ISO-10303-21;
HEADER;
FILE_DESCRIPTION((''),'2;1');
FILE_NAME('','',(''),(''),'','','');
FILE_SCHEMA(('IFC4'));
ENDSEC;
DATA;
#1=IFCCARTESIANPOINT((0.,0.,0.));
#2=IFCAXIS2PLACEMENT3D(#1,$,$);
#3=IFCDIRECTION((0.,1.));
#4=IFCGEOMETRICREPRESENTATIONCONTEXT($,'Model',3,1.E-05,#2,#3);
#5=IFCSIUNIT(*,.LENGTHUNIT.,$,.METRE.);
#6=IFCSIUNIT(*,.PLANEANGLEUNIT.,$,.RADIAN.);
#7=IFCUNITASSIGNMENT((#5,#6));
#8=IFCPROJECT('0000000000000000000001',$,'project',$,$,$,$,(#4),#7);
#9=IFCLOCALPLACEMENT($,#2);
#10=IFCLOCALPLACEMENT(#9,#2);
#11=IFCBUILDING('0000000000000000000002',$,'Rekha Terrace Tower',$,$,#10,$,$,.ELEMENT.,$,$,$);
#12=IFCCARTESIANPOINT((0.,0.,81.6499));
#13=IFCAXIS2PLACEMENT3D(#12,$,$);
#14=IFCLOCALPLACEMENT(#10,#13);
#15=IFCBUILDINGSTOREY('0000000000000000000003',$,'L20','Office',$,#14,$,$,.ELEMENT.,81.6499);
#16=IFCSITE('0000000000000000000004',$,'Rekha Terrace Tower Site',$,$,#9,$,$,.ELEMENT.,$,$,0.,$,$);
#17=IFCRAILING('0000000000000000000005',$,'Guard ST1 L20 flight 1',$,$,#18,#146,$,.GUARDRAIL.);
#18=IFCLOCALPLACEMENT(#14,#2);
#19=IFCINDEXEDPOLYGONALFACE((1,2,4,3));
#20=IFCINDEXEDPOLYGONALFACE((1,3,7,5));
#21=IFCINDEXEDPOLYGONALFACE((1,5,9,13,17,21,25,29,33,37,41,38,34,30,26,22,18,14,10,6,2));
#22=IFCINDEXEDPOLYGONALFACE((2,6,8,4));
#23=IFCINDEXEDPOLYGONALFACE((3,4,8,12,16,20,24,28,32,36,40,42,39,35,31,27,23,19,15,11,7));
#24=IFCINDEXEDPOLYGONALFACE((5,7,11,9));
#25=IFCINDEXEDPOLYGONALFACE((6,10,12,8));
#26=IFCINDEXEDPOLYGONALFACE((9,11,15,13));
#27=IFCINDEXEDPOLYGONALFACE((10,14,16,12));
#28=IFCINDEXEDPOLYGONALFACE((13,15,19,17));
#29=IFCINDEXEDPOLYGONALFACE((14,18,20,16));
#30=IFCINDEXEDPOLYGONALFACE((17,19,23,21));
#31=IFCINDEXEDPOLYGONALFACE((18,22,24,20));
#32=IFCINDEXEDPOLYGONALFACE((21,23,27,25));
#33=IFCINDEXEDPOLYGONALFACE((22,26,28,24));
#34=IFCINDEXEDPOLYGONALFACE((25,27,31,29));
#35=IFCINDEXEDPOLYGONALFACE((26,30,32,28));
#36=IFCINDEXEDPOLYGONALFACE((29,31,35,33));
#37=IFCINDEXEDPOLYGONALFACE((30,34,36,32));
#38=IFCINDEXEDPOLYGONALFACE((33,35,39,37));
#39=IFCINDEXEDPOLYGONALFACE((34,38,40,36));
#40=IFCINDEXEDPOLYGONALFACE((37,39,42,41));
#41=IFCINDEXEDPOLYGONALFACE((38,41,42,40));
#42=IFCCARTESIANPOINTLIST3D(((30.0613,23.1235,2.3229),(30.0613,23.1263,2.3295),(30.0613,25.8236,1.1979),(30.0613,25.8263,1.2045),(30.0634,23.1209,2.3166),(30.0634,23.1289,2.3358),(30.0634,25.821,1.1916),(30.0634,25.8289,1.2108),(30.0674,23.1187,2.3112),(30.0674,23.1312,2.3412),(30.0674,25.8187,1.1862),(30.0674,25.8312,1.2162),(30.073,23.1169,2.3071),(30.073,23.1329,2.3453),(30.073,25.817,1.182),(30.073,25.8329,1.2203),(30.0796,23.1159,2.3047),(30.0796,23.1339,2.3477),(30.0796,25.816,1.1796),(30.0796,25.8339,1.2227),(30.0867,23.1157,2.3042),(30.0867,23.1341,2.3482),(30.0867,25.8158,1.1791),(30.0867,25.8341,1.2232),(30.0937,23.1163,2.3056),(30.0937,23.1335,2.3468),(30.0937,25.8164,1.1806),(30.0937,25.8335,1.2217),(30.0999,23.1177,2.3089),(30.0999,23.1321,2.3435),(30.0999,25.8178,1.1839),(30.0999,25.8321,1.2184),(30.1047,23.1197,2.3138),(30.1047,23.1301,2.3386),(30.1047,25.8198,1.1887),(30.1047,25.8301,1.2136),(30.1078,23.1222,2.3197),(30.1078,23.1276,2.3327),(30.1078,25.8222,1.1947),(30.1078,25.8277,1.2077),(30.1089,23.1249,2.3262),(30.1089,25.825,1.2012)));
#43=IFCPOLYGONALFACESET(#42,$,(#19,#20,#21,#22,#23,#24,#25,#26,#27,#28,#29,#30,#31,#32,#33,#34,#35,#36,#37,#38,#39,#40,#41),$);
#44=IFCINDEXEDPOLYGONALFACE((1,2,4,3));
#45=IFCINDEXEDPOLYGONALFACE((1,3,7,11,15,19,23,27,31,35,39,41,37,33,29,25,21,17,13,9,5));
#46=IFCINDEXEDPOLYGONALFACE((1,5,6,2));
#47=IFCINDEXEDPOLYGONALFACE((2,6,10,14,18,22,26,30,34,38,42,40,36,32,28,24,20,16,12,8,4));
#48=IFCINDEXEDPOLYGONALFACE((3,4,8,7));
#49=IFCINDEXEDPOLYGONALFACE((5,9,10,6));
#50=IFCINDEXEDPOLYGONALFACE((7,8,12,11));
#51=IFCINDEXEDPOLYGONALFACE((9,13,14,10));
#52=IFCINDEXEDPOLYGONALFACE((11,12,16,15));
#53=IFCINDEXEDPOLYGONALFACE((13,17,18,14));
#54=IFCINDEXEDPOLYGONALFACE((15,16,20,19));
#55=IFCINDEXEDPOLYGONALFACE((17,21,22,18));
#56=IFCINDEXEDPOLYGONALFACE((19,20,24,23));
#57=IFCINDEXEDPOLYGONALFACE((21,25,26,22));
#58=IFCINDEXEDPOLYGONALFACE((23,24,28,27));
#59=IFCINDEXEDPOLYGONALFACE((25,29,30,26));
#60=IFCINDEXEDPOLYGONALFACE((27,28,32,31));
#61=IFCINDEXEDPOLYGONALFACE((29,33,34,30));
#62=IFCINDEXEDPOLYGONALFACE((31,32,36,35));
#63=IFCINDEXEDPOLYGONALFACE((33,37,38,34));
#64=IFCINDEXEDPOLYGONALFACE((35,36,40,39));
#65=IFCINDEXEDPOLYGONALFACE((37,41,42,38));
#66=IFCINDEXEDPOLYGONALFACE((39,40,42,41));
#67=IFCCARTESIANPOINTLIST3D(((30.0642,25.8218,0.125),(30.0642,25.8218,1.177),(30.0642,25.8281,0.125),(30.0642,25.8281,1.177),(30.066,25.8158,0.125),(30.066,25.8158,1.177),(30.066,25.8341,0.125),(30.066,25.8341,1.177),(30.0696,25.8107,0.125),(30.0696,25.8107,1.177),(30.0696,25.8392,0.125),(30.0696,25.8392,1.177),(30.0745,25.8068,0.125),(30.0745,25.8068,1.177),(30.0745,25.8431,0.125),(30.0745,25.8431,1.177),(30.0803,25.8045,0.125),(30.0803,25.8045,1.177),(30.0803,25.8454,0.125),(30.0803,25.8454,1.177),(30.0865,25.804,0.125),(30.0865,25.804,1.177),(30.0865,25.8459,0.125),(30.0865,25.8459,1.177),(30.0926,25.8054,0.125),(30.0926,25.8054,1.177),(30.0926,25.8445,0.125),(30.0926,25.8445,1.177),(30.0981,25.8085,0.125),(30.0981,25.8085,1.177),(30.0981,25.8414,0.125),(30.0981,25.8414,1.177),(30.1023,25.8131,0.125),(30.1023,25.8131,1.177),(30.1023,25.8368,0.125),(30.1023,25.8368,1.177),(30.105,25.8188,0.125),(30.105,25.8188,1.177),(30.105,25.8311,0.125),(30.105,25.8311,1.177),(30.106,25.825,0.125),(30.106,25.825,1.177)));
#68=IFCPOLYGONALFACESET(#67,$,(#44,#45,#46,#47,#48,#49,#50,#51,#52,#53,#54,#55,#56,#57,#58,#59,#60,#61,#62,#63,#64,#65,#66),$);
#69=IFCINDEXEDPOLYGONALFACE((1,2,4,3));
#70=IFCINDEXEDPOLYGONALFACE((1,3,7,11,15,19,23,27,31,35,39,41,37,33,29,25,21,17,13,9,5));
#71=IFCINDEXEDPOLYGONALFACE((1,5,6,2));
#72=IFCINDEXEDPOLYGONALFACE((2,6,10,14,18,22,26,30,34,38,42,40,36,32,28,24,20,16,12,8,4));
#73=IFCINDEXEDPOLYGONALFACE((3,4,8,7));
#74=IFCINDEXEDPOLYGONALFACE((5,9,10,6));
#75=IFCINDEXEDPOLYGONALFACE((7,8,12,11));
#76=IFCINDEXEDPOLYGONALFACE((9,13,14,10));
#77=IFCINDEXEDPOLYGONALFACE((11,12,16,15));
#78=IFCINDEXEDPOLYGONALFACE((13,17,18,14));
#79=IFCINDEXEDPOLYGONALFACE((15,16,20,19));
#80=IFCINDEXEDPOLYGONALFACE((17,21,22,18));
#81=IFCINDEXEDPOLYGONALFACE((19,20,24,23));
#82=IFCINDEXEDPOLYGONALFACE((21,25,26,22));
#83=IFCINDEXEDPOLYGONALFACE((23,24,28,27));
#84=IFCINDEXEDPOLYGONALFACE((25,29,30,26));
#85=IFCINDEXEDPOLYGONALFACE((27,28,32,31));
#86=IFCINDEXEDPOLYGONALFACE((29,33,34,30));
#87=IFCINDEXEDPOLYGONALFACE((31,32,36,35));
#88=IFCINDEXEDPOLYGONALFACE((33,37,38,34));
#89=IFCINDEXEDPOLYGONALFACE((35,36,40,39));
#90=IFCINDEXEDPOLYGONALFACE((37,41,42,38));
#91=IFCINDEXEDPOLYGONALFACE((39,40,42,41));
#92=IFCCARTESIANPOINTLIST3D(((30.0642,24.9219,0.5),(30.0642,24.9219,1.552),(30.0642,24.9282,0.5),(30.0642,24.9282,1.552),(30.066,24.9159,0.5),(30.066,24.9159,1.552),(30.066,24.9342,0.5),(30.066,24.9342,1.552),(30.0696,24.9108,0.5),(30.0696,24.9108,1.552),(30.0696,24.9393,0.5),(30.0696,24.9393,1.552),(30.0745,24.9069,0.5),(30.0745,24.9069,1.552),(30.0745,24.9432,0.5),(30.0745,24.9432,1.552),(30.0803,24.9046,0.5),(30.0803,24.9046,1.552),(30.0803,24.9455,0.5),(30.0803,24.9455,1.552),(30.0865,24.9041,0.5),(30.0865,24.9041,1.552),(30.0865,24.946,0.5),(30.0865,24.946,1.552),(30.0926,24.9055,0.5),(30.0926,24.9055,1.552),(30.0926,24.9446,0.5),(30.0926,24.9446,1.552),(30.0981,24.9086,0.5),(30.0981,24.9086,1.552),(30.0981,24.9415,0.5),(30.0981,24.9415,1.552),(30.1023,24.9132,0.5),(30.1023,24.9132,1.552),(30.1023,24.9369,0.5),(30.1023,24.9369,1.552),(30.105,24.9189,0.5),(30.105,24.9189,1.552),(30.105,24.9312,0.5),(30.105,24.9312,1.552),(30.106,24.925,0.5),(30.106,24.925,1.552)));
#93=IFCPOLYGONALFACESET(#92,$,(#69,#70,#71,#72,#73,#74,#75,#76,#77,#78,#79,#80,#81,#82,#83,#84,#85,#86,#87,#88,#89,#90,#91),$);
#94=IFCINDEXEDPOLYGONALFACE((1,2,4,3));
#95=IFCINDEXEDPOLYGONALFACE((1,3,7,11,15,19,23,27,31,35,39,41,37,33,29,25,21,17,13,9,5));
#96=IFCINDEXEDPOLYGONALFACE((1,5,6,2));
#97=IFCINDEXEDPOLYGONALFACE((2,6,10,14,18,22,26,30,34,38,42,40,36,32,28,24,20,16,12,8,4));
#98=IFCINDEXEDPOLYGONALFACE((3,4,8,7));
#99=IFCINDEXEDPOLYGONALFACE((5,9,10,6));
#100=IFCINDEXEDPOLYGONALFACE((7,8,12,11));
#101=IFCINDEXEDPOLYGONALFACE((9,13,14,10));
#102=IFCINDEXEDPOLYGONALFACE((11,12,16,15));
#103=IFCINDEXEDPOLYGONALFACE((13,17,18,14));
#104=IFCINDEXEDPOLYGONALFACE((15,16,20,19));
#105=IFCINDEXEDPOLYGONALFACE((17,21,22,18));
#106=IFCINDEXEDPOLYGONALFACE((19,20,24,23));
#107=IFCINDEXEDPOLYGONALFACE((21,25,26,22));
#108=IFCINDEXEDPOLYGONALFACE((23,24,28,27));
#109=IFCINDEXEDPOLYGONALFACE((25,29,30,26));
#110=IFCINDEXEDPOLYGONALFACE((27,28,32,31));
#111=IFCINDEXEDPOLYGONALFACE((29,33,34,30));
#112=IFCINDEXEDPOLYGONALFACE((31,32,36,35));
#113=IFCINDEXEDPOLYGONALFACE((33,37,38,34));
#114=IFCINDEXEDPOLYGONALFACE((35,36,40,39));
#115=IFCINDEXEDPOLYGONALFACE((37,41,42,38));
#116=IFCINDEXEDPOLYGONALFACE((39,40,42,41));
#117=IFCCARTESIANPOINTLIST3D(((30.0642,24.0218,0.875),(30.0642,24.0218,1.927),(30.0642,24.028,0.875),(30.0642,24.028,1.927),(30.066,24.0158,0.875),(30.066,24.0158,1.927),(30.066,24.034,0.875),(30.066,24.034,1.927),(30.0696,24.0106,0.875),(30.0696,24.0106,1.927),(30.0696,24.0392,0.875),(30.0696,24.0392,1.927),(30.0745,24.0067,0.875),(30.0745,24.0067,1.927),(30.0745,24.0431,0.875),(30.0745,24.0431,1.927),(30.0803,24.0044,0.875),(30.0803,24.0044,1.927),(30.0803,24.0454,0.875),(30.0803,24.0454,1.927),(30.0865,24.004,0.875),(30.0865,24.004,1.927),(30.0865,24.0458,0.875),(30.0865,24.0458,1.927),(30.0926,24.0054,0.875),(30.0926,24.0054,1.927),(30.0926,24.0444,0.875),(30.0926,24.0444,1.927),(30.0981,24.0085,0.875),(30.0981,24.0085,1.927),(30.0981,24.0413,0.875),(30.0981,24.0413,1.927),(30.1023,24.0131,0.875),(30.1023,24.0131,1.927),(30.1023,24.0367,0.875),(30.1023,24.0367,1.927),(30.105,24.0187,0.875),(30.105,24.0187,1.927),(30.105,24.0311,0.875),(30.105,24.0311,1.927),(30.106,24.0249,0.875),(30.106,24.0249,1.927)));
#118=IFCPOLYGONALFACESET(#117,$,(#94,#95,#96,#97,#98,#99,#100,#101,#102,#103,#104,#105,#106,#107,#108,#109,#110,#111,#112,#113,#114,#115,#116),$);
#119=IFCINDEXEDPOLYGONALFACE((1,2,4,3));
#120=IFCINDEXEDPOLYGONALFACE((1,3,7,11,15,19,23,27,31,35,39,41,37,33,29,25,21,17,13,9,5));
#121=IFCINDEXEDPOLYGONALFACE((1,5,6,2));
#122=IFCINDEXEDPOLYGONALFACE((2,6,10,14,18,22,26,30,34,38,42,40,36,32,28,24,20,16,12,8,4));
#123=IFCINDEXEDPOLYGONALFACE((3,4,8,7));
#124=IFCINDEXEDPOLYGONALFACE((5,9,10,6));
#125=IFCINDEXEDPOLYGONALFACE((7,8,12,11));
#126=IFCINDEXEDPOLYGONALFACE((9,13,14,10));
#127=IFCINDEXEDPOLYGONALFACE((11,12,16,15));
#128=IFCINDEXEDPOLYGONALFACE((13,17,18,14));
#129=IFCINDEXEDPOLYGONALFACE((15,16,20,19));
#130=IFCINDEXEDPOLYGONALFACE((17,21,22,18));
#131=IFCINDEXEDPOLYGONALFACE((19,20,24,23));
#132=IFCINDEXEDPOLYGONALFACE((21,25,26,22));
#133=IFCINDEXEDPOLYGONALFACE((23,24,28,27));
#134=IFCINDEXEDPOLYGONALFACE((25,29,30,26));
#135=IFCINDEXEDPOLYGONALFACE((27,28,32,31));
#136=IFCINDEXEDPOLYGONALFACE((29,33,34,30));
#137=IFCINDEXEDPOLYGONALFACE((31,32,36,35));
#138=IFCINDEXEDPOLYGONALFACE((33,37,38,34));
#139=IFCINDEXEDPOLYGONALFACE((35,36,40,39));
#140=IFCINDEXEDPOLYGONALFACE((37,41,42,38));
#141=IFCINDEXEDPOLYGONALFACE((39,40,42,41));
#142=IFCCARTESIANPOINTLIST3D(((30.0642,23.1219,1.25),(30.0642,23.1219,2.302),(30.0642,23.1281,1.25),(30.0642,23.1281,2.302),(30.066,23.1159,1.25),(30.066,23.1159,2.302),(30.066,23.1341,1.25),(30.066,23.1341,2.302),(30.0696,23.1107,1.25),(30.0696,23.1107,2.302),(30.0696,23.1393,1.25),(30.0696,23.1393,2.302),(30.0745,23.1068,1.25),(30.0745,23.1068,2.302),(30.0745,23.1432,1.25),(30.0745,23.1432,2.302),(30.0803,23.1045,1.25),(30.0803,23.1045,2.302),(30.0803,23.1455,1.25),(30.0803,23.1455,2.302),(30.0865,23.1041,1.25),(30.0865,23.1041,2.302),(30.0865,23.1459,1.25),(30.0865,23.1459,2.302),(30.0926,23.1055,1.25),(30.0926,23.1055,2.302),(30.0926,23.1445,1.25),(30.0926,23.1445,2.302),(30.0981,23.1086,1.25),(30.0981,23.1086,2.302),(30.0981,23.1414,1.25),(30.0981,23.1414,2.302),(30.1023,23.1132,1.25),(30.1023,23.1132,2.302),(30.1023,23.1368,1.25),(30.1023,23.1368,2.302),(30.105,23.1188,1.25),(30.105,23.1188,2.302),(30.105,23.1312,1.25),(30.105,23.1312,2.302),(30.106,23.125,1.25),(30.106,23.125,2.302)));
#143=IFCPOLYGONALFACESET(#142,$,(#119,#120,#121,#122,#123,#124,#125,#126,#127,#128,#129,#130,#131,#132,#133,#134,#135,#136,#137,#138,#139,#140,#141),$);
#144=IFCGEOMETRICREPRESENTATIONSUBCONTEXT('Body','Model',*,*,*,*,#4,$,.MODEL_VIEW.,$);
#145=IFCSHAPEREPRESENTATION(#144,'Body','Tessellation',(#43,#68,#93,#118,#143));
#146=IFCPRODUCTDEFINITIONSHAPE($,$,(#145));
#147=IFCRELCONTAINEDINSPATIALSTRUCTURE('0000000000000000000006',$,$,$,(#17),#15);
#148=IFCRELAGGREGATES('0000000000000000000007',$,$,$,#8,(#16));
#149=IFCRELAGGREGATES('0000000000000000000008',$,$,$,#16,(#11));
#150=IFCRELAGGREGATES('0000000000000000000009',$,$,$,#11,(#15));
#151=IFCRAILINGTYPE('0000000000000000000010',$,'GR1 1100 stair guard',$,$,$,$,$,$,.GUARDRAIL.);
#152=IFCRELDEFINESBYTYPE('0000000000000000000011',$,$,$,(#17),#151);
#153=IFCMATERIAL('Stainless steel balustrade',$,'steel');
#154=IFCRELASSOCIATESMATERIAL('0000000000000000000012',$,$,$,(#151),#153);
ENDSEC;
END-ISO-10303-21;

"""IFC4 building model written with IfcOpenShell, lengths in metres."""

from ifc_helpers import new_model, si_unit, direction, frame, origin, origin_2d, place, context, subcontext, project, spatial, circle, extrude, material, type_object, element, save


model = new_model("IFC4")

# Units and contexts
model_context = context("Model", 3, precision=1e-05, world=origin(), true_north=direction((0.0, 1.0)))
body_context = subcontext(model_context, "Body", "Model", "MODEL_VIEW")
ifc_project = project(units=[si_unit("LENGTHUNIT", "METRE"), si_unit("PLANEANGLEUNIT", "RADIAN")], contexts=[model_context])

# Site, building, storey
site_placement = place(None, origin())
site = spatial("IfcSite", under=ifc_project, at=site_placement, Name="Rekha Terrace Tower Site", CompositionType="ELEMENT", RefElevation=0.0)
building_placement = place(site_placement, origin())
building = spatial("IfcBuilding", under=site, at=building_placement, Name="Rekha Terrace Tower", CompositionType="ELEMENT")
storey_placement = place(building_placement, frame((0.0, 0.0, 81.6499)))
storey = spatial("IfcBuildingStorey", under=building, at=storey_placement, Name="L20", Description="Office", CompositionType="ELEMENT", Elevation=81.6499)

# Railing
ifc_material_1 = material(Name="Stainless steel balustrade", Category="steel")
railing_type_1 = type_object("IfcRailingType", Name="GR1 1100 stair guard", PredefinedType="GUARDRAIL", material=ifc_material_1)
railing_1_placement = place(storey_placement, frame((30.085, 25.825, 0.125)))
element("IfcRailing", 1, at=railing_1_placement, inside=storey, type_object=railing_type_1, Name="Guard ST1 L20 flight 1", PredefinedType="GUARDRAIL", context=body_context, shape_type="SweptSolid", body=[
    extrude(circle(Radius=0.0239, at=origin_2d()), frame((0.0, 0.0, 1.0762), z_axis=(0.0, -0.923074, 0.384621), x_axis=(1.0, 0.0, 0.0)), (0.0, 0.0, 1.0), 2.925),
    extrude(circle(Radius=0.021, at=origin_2d()), origin(), (0.0, 0.0, 1.0), 1.052),
    extrude(circle(Radius=0.021, at=origin_2d()), frame((0.0, -0.8999, 0.375)), (0.0, 0.0, 1.0), 1.052),
    extrude(circle(Radius=0.021, at=origin_2d()), frame((0.0, -1.8, 0.75)), (0.0, 0.0, 1.0), 1.052),
    extrude(circle(Radius=0.021, at=origin_2d()), frame((0.0, -2.7, 1.125)), (0.0, 0.0, 1.0), 1.052),
])

save(model, "model.ifc")
